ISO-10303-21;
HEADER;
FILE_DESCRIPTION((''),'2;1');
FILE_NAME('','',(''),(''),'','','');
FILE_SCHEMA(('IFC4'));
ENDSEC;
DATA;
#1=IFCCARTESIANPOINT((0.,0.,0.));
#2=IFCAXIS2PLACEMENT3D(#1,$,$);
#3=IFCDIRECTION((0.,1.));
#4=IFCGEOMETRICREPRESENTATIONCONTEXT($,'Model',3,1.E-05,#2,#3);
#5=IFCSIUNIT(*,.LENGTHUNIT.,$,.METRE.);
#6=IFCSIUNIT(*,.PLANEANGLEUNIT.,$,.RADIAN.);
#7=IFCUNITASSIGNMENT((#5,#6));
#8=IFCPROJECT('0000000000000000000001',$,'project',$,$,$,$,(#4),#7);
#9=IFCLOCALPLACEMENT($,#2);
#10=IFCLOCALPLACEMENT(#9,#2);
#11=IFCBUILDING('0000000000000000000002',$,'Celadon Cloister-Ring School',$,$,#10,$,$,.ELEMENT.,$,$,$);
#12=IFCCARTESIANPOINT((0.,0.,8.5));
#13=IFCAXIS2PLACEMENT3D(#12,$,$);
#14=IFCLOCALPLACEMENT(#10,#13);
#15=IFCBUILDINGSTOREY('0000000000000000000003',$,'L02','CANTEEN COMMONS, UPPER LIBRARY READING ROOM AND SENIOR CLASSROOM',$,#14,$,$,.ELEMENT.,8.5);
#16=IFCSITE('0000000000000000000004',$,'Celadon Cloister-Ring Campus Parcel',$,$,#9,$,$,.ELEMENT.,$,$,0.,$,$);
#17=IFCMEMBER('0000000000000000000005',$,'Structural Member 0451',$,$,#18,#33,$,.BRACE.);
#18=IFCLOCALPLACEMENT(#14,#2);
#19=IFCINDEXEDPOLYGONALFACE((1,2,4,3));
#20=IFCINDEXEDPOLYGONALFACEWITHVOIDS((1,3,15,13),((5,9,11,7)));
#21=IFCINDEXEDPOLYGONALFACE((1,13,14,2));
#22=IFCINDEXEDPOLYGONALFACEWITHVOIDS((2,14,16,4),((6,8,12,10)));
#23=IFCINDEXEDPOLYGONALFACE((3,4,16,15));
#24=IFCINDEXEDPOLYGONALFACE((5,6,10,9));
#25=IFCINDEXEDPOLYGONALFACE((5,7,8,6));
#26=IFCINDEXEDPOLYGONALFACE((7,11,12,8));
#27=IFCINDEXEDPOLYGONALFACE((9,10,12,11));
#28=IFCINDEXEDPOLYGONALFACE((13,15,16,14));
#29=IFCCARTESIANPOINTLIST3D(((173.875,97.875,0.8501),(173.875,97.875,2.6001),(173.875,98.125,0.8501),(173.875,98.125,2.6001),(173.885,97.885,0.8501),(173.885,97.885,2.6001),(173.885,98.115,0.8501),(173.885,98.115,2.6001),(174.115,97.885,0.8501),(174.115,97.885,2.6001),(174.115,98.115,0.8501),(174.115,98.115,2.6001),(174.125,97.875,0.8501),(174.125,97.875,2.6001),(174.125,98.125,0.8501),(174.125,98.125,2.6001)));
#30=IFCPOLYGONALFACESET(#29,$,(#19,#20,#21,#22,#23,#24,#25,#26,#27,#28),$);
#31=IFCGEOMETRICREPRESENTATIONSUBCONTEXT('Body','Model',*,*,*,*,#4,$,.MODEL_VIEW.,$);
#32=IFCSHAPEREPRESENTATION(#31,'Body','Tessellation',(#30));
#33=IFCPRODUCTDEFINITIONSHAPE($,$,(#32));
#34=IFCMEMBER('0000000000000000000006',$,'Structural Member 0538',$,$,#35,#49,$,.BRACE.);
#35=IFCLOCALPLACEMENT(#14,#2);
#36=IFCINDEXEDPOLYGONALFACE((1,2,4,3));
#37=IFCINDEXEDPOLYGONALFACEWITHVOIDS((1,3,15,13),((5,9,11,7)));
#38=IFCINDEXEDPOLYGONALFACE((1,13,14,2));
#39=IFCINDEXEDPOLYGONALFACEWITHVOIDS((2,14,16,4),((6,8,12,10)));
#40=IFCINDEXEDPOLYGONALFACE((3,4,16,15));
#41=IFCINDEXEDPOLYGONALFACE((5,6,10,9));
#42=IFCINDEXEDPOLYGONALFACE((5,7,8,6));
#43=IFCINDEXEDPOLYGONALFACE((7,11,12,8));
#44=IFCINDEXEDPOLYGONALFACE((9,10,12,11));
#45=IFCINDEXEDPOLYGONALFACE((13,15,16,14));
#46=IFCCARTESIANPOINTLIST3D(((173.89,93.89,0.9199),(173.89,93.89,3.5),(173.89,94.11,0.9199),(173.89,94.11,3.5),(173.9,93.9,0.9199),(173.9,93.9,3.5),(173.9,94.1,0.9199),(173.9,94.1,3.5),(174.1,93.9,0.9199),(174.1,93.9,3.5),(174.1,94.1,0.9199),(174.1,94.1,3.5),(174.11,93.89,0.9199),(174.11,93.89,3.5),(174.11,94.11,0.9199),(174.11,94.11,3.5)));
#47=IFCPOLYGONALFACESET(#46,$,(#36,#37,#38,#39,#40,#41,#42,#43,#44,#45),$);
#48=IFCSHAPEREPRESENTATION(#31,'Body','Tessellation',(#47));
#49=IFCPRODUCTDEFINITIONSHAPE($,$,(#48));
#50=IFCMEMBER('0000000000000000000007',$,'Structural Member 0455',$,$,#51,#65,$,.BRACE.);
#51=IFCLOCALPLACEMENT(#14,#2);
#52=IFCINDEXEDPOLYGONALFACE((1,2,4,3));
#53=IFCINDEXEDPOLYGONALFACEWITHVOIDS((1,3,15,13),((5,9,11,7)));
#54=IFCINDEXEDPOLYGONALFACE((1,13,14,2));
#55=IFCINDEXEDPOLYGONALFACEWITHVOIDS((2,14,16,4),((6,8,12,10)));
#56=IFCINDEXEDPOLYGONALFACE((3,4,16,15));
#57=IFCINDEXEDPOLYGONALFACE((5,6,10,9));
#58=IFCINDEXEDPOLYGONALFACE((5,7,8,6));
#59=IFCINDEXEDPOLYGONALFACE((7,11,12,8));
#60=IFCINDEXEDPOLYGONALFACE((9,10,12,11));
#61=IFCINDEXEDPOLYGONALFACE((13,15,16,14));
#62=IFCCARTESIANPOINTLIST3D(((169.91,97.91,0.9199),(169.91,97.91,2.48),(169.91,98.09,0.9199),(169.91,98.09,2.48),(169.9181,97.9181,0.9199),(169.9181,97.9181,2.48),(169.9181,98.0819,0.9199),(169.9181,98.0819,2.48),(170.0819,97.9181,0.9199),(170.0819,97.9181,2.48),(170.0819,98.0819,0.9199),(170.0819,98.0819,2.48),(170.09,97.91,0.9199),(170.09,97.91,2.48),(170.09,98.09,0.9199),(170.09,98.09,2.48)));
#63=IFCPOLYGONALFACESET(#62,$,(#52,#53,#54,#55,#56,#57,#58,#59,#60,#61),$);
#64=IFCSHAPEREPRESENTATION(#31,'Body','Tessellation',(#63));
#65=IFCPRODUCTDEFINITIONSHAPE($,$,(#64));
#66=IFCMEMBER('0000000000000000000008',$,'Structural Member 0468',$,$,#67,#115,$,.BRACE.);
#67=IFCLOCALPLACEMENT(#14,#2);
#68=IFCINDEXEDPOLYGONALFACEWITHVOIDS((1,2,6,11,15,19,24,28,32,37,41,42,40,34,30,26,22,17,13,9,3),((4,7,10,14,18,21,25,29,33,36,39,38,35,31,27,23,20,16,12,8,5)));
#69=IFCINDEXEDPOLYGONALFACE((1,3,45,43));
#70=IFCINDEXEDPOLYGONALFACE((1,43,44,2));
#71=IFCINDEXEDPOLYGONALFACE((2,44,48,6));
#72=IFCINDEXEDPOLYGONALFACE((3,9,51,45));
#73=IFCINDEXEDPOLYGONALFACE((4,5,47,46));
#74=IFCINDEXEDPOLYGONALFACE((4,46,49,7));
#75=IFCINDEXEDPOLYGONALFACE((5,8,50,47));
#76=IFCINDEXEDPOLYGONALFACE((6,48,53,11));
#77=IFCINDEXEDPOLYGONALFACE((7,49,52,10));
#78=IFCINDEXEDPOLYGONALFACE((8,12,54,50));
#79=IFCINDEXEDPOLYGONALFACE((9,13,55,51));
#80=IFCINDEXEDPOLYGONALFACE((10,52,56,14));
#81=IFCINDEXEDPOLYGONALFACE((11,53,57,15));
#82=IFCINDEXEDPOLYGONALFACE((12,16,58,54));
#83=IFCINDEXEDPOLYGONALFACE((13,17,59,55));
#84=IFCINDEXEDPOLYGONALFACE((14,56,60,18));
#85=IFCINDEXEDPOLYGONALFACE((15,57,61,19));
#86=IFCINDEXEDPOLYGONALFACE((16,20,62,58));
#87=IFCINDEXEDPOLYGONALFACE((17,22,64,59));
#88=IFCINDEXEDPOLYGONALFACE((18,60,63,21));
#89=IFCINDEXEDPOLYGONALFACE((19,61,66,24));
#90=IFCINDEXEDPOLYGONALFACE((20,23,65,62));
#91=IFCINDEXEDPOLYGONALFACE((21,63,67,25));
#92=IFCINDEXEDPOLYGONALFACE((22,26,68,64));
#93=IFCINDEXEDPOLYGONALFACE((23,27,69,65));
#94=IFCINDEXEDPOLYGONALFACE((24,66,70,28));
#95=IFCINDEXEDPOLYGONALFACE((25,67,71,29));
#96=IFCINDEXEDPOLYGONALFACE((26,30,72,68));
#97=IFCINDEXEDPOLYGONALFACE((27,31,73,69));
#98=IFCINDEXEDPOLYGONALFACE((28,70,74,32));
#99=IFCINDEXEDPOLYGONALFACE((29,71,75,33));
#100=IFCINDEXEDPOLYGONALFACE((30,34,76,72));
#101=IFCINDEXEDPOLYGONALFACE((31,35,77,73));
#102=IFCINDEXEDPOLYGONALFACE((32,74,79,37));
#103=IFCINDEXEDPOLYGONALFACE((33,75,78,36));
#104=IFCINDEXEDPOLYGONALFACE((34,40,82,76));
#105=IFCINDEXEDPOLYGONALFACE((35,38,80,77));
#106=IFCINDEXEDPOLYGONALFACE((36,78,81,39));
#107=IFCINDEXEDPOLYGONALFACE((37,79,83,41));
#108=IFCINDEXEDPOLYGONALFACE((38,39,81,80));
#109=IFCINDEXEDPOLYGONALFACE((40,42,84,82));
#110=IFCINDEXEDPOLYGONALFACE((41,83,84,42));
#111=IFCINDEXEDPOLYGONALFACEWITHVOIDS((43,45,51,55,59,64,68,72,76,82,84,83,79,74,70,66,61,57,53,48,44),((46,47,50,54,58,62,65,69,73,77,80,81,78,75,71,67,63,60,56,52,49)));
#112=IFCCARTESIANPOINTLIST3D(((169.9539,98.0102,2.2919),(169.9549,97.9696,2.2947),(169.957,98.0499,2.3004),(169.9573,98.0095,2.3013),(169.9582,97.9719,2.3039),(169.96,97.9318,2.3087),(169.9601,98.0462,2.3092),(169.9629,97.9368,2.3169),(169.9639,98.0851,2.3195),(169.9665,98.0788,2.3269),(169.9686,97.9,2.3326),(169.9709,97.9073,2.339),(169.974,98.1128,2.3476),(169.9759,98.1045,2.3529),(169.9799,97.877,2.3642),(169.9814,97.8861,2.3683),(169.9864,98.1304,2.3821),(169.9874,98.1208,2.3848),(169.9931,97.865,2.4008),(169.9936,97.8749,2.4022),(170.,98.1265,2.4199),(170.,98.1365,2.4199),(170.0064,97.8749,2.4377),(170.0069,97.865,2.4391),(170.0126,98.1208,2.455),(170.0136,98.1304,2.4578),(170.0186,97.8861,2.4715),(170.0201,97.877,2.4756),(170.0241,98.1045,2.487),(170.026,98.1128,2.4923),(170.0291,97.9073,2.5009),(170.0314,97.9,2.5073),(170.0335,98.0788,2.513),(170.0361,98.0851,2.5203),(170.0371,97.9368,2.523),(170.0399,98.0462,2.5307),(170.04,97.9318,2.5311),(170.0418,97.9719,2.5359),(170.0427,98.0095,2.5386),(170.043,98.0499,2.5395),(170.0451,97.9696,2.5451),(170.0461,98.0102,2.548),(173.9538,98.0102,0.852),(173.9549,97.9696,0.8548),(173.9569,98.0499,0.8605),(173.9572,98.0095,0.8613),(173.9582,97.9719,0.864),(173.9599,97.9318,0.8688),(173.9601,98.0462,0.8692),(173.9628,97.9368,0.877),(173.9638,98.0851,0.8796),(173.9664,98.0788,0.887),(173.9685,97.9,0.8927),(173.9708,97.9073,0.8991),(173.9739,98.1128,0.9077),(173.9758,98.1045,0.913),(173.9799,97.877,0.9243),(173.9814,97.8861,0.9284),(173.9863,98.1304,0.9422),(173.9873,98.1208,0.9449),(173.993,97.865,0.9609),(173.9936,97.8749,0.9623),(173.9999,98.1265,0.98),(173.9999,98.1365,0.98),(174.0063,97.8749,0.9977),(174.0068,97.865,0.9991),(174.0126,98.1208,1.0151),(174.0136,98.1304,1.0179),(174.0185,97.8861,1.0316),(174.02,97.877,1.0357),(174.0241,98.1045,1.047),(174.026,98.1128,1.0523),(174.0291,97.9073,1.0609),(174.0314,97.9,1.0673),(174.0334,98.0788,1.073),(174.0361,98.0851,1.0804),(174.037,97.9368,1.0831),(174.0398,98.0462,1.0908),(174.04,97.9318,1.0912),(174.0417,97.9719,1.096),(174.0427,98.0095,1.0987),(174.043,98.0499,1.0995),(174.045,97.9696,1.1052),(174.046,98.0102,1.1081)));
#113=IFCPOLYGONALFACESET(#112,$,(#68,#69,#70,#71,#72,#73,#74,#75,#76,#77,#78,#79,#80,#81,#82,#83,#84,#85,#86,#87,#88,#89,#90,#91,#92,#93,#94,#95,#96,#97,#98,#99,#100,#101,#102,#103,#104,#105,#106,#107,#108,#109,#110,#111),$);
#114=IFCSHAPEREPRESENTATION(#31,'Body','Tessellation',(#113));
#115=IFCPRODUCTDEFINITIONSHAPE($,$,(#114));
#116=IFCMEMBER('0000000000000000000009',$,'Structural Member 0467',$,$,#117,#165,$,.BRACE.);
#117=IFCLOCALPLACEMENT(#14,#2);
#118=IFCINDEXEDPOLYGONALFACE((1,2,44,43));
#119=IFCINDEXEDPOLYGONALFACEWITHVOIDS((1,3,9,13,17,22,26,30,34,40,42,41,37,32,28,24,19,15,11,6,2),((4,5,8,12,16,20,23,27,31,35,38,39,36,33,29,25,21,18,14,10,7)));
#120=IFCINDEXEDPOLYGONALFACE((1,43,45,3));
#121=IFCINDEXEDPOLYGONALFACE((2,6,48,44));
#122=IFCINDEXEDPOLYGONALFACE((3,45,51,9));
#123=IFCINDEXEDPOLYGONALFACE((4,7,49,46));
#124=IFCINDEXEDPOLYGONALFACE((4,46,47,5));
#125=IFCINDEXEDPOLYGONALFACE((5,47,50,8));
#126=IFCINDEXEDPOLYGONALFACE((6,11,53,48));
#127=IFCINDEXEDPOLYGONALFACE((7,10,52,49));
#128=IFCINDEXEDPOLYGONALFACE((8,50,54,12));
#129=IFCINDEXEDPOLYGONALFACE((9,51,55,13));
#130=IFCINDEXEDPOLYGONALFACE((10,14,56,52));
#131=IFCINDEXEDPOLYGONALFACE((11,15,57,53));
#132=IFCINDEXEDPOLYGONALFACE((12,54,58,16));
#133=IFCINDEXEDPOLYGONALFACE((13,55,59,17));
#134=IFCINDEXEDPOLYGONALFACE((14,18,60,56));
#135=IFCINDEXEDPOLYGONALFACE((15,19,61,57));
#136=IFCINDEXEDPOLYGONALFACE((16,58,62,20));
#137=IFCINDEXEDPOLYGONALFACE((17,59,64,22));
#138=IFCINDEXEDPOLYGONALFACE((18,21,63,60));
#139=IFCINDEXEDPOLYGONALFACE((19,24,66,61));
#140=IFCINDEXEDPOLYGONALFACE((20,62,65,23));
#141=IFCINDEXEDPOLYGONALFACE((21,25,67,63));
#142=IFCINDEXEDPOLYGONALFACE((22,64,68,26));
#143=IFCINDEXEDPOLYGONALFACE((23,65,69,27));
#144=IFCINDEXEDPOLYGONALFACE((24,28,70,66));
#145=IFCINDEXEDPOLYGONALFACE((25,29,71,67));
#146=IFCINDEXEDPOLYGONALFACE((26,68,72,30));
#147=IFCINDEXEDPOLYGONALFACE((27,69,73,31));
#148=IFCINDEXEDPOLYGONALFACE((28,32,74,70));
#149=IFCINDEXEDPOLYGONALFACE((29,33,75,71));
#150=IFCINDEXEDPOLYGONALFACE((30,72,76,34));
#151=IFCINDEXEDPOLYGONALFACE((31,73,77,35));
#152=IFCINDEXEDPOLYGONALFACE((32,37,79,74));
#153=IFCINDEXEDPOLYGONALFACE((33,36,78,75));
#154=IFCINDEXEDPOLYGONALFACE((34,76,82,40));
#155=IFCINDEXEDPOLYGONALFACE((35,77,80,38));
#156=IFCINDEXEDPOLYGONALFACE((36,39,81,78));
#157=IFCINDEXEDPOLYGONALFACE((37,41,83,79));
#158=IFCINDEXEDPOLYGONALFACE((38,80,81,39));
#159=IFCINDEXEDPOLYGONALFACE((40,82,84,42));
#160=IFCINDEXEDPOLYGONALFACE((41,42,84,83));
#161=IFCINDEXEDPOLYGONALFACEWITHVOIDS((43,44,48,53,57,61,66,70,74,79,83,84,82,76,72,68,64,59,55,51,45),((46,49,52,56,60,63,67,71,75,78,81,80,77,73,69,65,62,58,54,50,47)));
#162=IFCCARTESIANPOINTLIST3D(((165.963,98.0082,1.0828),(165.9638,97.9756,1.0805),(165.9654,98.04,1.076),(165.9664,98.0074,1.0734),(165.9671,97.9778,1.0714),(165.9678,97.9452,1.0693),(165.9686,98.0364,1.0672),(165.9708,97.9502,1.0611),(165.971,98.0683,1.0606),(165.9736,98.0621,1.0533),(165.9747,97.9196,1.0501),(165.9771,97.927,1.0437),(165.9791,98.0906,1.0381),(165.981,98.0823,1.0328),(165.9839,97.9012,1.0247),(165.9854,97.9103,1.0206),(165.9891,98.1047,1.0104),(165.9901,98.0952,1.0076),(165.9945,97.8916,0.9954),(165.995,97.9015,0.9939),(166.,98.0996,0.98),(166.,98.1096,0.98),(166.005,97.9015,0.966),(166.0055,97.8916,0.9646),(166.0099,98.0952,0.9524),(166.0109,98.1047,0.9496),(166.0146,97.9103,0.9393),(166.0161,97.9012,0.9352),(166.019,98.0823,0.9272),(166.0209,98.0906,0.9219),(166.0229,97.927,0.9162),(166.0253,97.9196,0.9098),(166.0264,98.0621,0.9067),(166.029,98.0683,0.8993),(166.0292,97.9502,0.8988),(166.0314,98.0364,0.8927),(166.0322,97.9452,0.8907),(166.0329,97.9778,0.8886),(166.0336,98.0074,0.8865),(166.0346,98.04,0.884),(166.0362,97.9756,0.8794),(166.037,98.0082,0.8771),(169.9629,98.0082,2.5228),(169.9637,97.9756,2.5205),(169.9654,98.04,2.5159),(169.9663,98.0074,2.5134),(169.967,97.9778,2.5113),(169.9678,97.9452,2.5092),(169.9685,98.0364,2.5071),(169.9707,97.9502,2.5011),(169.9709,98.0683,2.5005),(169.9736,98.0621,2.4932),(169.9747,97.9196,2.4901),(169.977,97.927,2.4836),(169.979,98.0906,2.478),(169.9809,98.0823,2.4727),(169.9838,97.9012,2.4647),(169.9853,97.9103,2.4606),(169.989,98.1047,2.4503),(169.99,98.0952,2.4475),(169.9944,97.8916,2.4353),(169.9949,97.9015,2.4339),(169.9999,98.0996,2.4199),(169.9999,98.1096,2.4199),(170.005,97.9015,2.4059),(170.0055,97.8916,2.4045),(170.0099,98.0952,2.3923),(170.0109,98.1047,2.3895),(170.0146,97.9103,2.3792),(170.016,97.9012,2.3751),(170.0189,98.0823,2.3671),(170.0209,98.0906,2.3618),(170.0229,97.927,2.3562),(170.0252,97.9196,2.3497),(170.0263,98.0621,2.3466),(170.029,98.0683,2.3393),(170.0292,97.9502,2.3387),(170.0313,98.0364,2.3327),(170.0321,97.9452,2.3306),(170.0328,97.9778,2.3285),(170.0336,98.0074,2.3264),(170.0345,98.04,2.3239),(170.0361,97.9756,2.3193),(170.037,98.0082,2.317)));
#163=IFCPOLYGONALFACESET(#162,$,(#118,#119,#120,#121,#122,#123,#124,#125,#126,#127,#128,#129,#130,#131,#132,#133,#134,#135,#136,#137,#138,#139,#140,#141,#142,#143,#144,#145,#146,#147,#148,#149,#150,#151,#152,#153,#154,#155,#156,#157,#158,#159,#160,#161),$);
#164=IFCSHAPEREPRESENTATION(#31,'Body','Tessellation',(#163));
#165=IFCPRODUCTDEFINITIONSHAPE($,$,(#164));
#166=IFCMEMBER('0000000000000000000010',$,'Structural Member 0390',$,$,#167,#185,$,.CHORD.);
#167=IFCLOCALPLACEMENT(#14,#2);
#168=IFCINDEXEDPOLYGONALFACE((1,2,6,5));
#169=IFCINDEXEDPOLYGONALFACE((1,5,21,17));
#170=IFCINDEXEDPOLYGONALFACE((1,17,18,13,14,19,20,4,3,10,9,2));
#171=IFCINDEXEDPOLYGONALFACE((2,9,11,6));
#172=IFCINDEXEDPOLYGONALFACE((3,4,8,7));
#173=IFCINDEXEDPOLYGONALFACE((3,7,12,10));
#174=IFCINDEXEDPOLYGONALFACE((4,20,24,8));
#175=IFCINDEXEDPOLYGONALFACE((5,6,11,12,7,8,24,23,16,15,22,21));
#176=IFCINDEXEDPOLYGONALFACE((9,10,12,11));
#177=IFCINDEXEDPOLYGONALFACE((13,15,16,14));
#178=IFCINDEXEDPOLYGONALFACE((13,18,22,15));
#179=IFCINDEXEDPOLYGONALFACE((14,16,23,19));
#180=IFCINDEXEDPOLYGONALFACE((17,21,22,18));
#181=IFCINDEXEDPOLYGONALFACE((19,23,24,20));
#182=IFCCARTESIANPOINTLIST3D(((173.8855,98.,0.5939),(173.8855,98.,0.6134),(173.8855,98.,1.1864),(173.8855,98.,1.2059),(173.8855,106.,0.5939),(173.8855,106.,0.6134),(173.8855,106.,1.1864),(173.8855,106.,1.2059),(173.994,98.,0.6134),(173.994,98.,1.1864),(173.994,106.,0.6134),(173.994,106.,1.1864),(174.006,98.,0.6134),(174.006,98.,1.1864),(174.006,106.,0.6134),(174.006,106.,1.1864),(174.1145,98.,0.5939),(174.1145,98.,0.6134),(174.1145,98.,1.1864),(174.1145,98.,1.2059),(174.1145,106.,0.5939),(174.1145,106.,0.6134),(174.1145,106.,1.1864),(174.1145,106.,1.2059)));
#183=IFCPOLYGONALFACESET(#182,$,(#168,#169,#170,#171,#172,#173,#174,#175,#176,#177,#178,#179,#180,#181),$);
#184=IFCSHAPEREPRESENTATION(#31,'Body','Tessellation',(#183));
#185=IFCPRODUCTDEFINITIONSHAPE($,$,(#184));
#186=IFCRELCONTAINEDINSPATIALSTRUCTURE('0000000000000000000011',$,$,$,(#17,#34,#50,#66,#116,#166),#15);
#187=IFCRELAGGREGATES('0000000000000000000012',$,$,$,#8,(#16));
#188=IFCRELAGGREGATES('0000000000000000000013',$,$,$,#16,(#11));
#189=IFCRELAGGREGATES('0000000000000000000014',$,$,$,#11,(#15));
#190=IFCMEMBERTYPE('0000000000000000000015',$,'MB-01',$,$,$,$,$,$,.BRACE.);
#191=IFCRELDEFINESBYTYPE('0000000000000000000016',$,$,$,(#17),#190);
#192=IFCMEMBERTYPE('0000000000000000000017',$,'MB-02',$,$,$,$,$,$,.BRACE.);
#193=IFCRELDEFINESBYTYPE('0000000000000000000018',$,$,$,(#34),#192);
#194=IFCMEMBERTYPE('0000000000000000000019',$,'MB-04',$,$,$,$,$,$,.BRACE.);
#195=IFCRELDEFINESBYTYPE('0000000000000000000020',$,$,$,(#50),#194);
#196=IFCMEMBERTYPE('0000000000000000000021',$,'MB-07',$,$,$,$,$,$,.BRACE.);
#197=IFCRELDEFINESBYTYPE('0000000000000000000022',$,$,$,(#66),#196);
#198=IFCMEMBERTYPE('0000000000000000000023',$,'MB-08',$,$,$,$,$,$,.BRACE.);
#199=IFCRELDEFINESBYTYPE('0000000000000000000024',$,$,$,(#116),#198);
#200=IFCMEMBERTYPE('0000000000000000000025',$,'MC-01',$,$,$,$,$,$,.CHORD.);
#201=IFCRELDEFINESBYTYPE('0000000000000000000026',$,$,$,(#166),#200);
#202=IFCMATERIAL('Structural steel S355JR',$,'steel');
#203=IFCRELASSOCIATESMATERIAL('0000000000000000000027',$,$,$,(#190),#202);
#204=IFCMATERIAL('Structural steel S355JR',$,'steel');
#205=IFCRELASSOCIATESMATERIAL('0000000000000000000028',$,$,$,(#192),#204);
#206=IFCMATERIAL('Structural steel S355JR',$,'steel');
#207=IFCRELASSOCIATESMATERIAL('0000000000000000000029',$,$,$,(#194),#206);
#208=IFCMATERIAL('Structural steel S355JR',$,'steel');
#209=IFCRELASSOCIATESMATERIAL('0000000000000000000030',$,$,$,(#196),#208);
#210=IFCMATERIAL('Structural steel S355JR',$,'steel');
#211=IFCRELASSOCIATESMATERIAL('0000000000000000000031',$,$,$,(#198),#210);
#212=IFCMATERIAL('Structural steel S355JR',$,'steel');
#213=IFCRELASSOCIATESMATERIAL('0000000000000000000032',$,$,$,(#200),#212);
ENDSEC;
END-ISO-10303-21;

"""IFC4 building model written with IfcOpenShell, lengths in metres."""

from ifc_helpers import new_model, si_unit, direction, frame, origin, origin_2d, place, context, subcontext, project, spatial, hollow_rectangle, hollow_circle, i_section, extrude, material, material_profile, profile_set, type_object, element, save


model = new_model("IFC4")

# Units and contexts
model_context = context("Model", 3, precision=1e-05, world=origin(), true_north=direction((0.0, 1.0)))
body_context = subcontext(model_context, "Body", "Model", "MODEL_VIEW")
ifc_project = project(units=[si_unit("LENGTHUNIT", "METRE"), si_unit("PLANEANGLEUNIT", "RADIAN")], contexts=[model_context])

# Site, building, storey
site_placement = place(None, origin())
site = spatial("IfcSite", under=ifc_project, at=site_placement, Name="Celadon Cloister-Ring Campus Parcel", CompositionType="ELEMENT", RefElevation=0.0)
building_placement = place(site_placement, origin())
building = spatial("IfcBuilding", under=site, at=building_placement, Name="Celadon Cloister-Ring School", CompositionType="ELEMENT")
storey_placement = place(building_placement, frame((0.0, 0.0, 8.5)))
storey = spatial("IfcBuildingStorey", under=building, at=storey_placement, Name="L02", Description="CANTEEN COMMONS, UPPER LIBRARY READING ROOM AND SENIOR CLASSROOM", CompositionType="ELEMENT", Elevation=8.5)

# Members
ifc_material_1 = material(Name="Structural steel S355JR", Category="steel")
ifc_material_profile_1 = material_profile(ifc_material_1, hollow_rectangle(XDim=0.25, YDim=0.25, WallThickness=0.01, at=origin_2d()), Name="HSS250X250X10")
ifc_profile_set_1 = profile_set([ifc_material_profile_1], Name="Structural steel S355JR")
member_type_1 = type_object("IfcMemberType", Name="MB-01", PredefinedType="BRACE", material=ifc_profile_set_1)
member_1_placement = place(storey_placement, frame((174.0, 98.0, 0.8501), z_axis=(0.0, 0.0, 1.0), x_axis=(1.0, 0.0, 0.0)))
element("IfcMember", 1, at=member_1_placement, inside=storey, type_object=member_type_1, Name="Structural Member 0451", PredefinedType="BRACE", context=body_context, shape_type="SweptSolid", body=[
    extrude(hollow_rectangle(XDim=0.25, YDim=0.25, WallThickness=0.01, at=origin_2d()), origin(), (0.0, 0.0, 1.0), 1.75),
])
ifc_material_2 = material(Name="Structural steel S355JR", Category="steel")
ifc_material_profile_2 = material_profile(ifc_material_2, hollow_rectangle(XDim=0.22, YDim=0.22, WallThickness=0.01, at=origin_2d()), Name="HSS220X220X10")
ifc_profile_set_2 = profile_set([ifc_material_profile_2], Name="Structural steel S355JR")
member_type_2 = type_object("IfcMemberType", Name="MB-02", PredefinedType="BRACE", material=ifc_profile_set_2)
member_2_placement = place(storey_placement, frame((174.0, 94.0, 0.9199), z_axis=(0.0, 0.0, 1.0), x_axis=(1.0, 0.0, 0.0)))
element("IfcMember", 2, at=member_2_placement, inside=storey, type_object=member_type_2, Name="Structural Member 0538", PredefinedType="BRACE", context=body_context, shape_type="SweptSolid", body=[
    extrude(hollow_rectangle(XDim=0.22, YDim=0.22, WallThickness=0.01, at=origin_2d()), origin(), (0.0, 0.0, 1.0), 2.5801),
])
ifc_material_3 = material(Name="Structural steel S355JR", Category="steel")
ifc_material_profile_3 = material_profile(ifc_material_3, hollow_rectangle(XDim=0.1799, YDim=0.1799, WallThickness=0.0081, at=origin_2d()), Name="HSS180X180X8")
ifc_profile_set_3 = profile_set([ifc_material_profile_3], Name="Structural steel S355JR")
member_type_3 = type_object("IfcMemberType", Name="MB-04", PredefinedType="BRACE", material=ifc_profile_set_3)
member_3_placement = place(storey_placement, frame((170.0, 98.0, 0.9199), z_axis=(0.0, 0.0, 1.0), x_axis=(1.0, 0.0, 0.0)))
element("IfcMember", 3, at=member_3_placement, inside=storey, type_object=member_type_3, Name="Structural Member 0455", PredefinedType="BRACE", context=body_context, shape_type="SweptSolid", body=[
    extrude(hollow_rectangle(XDim=0.1799, YDim=0.1799, WallThickness=0.0081, at=origin_2d()), origin(), (0.0, 0.0, 1.0), 1.5601),
])
ifc_material_4 = material(Name="Structural steel S355JR", Category="steel")
ifc_material_profile_4 = material_profile(ifc_material_4, hollow_circle(Radius=0.1365, WallThickness=0.01, at=origin_2d()), Name="CHS273.0X10")
ifc_profile_set_4 = profile_set([ifc_material_profile_4], Name="Structural steel S355JR")
member_type_4 = type_object("IfcMemberType", Name="MB-07", PredefinedType="BRACE", material=ifc_profile_set_4)
member_4_placement = place(storey_placement, frame((170.0, 98.0, 2.4199), z_axis=(0.940892, 0.0, -0.338707), x_axis=(0.0, 1.0, 0.0)))
element("IfcMember", 4, at=member_4_placement, inside=storey, type_object=member_type_4, Name="Structural Member 0468", PredefinedType="BRACE", context=body_context, shape_type="SweptSolid", body=[
    extrude(hollow_circle(Radius=0.1365, WallThickness=0.01, at=origin_2d()), origin(), (0.0, 0.0, 1.0), 4.2512),
])
ifc_material_5 = material(Name="Structural steel S355JR", Category="steel")
ifc_material_profile_5 = material_profile(ifc_material_5, hollow_circle(Radius=0.1096, WallThickness=0.01, at=origin_2d()), Name="CHS219.1X10")
ifc_profile_set_5 = profile_set([ifc_material_profile_5], Name="Structural steel S355JR")
member_type_5 = type_object("IfcMemberType", Name="MB-08", PredefinedType="BRACE", material=ifc_profile_set_5)
member_5_placement = place(storey_placement, frame((166.0, 98.0, 0.98), z_axis=(0.940892, 0.0, 0.338707), x_axis=(0.0, 1.0, 0.0)))
element("IfcMember", 5, at=member_5_placement, inside=storey, type_object=member_type_5, Name="Structural Member 0467", PredefinedType="BRACE", context=body_context, shape_type="SweptSolid", body=[
    extrude(hollow_circle(Radius=0.1096, WallThickness=0.01, at=origin_2d()), origin(), (0.0, 0.0, 1.0), 4.2512),
])
ifc_material_6 = material(Name="Structural steel S355JR", Category="steel")
ifc_material_profile_6 = material_profile(ifc_material_6, i_section(OverallWidth=0.229, OverallDepth=0.6121, WebThickness=0.012, FlangeThickness=0.0195, at=origin_2d()), Name="W610X125")
ifc_profile_set_6 = profile_set([ifc_material_profile_6], Name="Structural steel S355JR")
member_type_6 = type_object("IfcMemberType", Name="MC-01", PredefinedType="CHORD", material=ifc_profile_set_6)
member_6_placement = place(storey_placement, frame((174.0, 98.0, 0.8999), z_axis=(0.0, 1.0, 0.0), x_axis=(-1.0, 0.0, 0.0)))
element("IfcMember", 6, at=member_6_placement, inside=storey, type_object=member_type_6, Name="Structural Member 0390", PredefinedType="CHORD", context=body_context, shape_type="SweptSolid", body=[
    extrude(i_section(OverallWidth=0.229, OverallDepth=0.6121, WebThickness=0.012, FlangeThickness=0.0195, at=origin_2d()), origin(), (0.0, 0.0, 1.0), 8.0),
])

save(model, "model.ifc")
